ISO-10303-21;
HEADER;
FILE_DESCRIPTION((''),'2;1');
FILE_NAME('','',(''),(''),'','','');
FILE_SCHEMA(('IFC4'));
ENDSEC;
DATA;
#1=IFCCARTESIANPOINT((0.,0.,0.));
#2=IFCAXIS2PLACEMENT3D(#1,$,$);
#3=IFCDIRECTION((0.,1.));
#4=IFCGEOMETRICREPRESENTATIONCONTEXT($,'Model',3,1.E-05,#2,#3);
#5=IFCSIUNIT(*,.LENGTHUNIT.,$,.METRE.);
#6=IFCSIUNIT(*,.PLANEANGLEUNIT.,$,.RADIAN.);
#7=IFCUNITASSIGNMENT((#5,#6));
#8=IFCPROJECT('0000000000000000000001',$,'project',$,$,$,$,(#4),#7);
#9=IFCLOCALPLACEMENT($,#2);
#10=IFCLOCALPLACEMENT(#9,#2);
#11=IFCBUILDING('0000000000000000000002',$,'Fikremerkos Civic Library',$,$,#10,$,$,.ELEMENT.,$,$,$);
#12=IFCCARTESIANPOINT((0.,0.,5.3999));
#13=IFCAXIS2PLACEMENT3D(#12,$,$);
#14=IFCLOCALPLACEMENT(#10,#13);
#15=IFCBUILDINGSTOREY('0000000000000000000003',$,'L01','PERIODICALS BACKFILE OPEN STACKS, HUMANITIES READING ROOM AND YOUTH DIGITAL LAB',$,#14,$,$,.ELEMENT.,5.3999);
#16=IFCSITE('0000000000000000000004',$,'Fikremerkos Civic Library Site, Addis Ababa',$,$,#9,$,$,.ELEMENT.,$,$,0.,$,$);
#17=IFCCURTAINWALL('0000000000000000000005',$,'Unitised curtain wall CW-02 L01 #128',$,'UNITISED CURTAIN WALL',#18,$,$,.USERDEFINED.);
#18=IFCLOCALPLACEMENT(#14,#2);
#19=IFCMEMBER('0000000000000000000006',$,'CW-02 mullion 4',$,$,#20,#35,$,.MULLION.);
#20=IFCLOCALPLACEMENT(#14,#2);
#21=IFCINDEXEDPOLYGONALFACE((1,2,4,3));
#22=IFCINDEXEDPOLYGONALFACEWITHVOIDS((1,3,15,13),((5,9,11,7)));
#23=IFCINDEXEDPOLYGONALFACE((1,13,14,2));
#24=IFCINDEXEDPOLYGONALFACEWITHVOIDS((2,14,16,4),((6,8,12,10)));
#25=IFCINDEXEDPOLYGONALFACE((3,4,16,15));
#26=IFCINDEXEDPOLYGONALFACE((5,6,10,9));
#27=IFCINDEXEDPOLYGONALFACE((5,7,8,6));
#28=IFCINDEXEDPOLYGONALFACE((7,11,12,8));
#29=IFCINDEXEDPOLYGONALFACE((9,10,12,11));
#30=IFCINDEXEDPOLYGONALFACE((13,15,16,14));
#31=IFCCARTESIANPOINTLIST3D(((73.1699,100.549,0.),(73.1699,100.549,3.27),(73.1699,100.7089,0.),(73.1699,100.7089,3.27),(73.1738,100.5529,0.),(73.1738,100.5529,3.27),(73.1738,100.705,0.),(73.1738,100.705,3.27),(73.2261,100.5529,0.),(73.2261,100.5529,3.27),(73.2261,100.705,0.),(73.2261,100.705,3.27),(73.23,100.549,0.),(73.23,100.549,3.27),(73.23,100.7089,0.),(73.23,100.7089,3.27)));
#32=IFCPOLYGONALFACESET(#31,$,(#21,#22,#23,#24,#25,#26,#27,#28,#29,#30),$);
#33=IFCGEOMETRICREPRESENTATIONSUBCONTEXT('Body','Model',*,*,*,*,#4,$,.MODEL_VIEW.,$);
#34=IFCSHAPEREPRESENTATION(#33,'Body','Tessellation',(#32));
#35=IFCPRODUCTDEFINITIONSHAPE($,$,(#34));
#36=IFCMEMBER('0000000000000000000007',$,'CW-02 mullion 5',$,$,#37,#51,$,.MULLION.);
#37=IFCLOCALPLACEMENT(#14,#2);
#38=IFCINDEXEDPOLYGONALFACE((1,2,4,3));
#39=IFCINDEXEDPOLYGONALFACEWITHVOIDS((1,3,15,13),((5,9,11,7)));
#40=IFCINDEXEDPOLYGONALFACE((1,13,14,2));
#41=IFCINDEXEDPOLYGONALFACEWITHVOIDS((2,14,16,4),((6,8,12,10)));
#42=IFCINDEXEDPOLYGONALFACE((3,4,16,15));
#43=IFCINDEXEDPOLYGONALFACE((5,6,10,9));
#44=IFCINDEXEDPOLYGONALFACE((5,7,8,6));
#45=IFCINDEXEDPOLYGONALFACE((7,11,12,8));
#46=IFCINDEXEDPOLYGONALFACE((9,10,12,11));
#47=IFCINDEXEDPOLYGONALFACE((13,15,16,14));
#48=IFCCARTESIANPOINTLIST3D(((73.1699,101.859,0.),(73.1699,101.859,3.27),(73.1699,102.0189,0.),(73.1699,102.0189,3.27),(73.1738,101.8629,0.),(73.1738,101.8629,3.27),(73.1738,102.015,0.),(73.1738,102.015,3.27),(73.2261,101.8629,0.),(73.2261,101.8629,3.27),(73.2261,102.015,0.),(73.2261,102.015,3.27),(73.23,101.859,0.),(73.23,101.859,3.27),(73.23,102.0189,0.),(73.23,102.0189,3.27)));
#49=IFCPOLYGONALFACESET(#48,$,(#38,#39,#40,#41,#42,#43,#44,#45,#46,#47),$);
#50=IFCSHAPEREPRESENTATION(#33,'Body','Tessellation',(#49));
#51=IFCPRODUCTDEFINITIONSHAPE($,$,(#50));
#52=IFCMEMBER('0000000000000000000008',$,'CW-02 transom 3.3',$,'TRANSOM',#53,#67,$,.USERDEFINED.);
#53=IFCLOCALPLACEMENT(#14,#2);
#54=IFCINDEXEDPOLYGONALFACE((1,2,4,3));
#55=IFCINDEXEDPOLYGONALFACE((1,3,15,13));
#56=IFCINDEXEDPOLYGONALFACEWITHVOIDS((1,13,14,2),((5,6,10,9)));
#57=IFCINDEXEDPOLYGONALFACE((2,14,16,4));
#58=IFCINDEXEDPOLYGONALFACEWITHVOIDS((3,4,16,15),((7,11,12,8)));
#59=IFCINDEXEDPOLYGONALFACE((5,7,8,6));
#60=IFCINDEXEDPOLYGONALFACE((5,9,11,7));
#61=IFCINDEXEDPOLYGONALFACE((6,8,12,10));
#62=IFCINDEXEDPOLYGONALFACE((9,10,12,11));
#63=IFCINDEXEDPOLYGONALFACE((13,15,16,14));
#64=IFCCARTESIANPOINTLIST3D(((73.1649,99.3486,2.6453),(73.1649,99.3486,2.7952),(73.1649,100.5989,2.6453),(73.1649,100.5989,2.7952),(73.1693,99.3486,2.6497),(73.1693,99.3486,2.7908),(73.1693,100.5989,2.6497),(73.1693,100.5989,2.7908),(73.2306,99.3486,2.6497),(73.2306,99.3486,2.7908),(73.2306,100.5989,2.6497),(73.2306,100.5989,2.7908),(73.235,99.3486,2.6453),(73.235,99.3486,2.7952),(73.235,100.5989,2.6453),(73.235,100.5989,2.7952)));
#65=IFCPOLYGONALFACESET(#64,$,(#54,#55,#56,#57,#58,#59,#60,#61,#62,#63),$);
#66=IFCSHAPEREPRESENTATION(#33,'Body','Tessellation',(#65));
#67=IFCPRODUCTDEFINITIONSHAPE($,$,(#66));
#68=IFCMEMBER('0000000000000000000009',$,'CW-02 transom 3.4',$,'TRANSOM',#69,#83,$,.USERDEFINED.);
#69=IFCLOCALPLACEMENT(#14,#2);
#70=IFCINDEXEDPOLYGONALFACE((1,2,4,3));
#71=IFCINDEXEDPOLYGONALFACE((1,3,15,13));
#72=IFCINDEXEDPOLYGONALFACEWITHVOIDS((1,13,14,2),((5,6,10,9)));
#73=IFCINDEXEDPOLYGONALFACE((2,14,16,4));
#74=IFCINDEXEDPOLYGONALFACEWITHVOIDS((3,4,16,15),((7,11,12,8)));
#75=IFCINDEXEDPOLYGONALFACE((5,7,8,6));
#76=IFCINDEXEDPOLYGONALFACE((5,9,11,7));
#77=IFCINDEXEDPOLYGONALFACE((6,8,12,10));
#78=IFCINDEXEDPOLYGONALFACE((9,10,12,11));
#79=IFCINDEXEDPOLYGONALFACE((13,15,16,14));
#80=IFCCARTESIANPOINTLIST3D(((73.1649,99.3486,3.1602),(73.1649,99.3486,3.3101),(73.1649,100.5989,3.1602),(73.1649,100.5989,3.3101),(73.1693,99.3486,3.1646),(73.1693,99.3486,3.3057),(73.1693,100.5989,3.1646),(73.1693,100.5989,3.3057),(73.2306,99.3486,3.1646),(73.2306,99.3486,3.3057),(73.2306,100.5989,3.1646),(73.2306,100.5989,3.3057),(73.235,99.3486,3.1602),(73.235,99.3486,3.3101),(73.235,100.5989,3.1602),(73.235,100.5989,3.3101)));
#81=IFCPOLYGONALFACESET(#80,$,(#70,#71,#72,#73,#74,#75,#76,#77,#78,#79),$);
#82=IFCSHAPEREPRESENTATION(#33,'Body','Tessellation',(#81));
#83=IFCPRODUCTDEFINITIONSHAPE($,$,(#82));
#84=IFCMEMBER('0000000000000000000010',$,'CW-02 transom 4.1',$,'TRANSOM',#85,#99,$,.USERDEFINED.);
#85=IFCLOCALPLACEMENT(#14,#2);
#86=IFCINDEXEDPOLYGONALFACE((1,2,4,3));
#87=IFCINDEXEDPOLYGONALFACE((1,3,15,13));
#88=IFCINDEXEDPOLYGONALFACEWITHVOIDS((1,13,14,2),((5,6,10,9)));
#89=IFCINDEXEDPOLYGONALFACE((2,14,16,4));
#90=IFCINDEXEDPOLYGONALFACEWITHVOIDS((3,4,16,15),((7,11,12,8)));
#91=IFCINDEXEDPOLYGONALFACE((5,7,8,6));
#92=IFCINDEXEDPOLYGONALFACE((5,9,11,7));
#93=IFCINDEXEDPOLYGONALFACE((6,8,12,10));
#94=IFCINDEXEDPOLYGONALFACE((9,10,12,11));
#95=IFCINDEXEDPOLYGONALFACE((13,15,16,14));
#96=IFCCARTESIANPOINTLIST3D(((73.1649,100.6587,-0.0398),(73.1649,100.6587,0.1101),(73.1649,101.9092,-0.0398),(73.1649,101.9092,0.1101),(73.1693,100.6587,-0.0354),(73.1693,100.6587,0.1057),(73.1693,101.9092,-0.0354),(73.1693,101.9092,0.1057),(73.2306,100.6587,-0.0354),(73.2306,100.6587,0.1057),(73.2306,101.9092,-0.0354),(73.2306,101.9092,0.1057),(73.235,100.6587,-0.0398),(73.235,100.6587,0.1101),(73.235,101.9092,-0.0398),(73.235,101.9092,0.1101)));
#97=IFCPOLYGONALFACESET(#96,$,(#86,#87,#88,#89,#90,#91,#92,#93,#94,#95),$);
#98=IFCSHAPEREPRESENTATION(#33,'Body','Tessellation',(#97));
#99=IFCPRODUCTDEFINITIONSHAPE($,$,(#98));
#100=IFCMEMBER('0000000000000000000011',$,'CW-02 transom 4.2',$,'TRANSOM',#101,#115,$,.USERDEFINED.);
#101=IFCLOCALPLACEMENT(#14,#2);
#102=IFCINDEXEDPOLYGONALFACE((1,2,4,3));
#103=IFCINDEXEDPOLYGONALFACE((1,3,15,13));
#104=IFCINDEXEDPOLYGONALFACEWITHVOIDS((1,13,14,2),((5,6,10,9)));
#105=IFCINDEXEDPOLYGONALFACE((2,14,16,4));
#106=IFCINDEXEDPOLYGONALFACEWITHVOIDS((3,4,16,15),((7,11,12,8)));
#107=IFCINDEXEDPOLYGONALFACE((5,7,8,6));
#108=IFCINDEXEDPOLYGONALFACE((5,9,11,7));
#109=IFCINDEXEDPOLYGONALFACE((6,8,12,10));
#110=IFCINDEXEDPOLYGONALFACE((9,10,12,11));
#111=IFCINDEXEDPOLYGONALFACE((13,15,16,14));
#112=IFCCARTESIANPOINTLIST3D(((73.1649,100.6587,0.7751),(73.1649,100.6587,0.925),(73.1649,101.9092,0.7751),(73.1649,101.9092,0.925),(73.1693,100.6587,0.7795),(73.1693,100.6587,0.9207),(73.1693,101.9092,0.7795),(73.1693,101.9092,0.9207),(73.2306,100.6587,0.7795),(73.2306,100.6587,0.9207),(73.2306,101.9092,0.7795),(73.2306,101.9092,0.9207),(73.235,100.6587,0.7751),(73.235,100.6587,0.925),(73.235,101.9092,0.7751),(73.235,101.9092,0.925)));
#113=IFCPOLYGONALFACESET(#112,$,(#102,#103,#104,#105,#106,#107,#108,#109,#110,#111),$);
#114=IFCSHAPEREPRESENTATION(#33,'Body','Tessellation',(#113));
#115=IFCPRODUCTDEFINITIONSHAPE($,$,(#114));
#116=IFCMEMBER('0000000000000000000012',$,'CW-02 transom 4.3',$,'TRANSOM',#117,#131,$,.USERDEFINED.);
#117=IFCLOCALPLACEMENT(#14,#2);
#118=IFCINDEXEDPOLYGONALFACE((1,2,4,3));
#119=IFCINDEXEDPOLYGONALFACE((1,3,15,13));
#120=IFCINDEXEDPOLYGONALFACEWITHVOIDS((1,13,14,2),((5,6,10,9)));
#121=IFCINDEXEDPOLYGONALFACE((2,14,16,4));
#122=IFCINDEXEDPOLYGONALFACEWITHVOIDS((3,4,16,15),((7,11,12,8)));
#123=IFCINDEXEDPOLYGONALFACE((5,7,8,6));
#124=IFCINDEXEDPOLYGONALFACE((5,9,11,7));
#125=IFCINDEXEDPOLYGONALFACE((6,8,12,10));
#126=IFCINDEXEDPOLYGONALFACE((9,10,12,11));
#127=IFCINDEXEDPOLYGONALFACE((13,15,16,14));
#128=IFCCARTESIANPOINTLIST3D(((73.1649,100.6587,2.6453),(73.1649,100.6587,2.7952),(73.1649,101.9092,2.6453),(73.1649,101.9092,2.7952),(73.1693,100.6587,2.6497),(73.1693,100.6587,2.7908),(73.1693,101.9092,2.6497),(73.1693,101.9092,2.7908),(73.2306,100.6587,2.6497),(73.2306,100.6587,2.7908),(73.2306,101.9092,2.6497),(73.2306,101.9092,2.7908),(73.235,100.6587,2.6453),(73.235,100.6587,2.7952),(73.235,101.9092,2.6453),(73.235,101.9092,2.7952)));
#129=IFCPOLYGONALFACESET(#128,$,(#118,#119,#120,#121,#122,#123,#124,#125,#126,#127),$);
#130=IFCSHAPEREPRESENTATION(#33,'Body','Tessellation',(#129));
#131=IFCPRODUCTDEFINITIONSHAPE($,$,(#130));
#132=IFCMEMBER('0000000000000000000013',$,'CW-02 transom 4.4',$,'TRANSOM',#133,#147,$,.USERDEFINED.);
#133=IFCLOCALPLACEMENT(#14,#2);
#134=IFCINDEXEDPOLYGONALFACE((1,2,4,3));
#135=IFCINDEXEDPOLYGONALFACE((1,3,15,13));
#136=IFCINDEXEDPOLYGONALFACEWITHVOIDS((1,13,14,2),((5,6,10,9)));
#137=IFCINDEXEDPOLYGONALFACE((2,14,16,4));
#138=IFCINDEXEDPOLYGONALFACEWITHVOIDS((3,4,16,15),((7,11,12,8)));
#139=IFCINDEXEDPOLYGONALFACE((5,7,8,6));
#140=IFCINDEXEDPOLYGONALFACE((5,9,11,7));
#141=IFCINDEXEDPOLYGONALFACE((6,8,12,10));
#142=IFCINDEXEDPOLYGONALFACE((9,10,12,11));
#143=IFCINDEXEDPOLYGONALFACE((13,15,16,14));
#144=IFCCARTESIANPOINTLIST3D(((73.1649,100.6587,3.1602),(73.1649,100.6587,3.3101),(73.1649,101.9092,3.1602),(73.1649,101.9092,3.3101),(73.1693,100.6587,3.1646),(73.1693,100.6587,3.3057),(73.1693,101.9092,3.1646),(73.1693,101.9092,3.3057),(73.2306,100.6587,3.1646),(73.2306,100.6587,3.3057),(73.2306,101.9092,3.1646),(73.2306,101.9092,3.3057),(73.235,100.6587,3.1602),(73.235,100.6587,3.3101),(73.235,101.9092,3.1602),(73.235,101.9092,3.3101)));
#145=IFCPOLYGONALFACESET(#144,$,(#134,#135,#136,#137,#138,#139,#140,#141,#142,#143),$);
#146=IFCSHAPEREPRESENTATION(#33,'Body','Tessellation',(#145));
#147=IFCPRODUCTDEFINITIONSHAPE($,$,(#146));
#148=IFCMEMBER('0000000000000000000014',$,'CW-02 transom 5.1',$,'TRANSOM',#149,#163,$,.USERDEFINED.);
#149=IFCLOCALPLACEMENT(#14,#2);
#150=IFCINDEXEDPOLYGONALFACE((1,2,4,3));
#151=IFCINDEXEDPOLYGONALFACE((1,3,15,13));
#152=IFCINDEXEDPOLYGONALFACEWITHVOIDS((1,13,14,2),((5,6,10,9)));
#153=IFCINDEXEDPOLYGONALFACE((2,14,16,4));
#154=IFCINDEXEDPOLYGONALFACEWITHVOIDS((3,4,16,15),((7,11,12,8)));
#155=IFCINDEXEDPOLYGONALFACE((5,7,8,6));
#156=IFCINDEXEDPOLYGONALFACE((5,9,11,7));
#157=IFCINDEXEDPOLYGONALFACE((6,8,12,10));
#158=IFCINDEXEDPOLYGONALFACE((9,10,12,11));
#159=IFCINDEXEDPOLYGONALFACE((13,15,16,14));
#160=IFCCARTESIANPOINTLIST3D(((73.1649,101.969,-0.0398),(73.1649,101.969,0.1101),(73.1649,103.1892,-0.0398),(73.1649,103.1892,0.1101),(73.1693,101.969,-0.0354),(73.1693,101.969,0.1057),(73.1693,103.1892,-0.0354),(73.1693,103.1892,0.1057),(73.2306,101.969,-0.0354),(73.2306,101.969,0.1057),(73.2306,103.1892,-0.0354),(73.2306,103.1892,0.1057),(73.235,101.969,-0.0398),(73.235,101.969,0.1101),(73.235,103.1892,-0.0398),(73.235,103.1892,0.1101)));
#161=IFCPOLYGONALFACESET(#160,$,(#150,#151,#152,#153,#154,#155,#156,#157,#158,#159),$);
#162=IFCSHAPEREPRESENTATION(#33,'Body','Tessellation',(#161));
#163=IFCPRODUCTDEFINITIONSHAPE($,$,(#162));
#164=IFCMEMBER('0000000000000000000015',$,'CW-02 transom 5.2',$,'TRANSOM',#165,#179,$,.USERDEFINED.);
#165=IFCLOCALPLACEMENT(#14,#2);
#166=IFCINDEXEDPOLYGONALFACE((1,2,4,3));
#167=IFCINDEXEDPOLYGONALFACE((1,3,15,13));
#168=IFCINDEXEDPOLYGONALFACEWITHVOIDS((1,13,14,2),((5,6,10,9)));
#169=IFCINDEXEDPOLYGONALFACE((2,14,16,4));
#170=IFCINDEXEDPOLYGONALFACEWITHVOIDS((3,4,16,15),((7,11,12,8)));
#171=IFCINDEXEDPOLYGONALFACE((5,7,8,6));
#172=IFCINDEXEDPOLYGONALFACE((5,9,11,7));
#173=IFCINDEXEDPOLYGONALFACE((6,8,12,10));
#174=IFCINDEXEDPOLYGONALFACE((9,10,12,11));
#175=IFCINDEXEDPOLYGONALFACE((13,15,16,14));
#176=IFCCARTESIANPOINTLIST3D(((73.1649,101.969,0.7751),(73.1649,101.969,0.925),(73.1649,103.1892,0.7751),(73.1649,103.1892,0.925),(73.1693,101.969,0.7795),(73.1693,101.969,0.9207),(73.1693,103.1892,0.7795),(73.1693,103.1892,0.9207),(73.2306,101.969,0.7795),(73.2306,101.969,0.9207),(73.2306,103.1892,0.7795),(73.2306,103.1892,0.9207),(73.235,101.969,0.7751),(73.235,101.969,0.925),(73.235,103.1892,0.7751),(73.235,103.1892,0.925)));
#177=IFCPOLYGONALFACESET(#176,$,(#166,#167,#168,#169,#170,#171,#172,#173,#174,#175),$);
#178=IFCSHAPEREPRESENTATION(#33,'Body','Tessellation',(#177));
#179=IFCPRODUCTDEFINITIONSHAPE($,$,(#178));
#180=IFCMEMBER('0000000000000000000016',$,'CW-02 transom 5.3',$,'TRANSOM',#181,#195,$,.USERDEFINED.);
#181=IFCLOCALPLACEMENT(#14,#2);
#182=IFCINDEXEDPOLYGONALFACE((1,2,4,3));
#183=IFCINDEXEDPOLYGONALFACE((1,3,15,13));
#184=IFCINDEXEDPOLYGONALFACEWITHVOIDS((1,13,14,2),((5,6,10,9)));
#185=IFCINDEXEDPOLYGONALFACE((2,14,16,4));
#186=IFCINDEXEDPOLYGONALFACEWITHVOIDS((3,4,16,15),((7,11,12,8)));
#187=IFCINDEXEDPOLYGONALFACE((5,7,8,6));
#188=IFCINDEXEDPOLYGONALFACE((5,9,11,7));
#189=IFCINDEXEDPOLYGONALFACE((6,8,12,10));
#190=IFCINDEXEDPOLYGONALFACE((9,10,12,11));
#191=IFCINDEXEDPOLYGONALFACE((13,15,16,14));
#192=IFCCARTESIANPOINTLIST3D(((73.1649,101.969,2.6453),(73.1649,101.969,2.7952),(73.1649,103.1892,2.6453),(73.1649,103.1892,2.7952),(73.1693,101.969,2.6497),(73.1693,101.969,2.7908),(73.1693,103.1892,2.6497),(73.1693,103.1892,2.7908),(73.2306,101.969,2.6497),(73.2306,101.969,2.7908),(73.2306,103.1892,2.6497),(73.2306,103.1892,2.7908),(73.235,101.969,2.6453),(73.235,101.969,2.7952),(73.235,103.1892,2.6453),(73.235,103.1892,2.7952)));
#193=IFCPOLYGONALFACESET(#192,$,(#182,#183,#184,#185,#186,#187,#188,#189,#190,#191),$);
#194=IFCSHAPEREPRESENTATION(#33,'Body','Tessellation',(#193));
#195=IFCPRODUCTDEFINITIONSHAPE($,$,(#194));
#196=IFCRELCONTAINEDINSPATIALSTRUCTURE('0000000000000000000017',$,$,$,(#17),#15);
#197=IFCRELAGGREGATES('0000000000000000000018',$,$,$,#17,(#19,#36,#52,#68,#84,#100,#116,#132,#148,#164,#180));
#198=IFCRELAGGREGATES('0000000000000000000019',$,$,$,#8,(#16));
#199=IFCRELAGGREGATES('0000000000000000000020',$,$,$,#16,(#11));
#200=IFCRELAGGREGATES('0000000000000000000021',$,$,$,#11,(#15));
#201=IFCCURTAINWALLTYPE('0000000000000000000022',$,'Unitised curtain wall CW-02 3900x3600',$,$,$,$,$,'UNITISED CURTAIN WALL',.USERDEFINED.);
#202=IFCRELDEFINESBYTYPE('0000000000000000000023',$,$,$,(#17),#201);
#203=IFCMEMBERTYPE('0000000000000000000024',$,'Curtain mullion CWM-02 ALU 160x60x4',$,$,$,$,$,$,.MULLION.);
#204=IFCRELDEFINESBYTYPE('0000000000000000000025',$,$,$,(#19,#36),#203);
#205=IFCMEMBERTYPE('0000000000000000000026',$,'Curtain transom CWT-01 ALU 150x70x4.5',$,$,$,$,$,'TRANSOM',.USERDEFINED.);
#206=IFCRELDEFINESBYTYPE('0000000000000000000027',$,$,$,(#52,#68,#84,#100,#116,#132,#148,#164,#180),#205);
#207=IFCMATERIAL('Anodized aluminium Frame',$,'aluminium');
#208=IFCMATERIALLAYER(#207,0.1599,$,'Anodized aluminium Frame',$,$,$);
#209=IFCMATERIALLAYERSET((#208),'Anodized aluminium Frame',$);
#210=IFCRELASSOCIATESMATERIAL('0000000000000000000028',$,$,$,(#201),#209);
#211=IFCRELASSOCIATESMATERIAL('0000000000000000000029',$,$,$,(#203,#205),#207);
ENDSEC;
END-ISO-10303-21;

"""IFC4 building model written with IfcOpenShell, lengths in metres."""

from ifc_helpers import new_model, si_unit, direction, frame, origin, origin_2d, place, context, subcontext, project, spatial, hollow_rectangle, extrude, material, layer, layer_set, material_profile, profile_set, type_object, element, aggregate, save


model = new_model("IFC4")

# Units and contexts
model_context = context("Model", 3, precision=1e-05, world=origin(), true_north=direction((0.0, 1.0)))
body_context = subcontext(model_context, "Body", "Model", "MODEL_VIEW")
ifc_project = project(units=[si_unit("LENGTHUNIT", "METRE"), si_unit("PLANEANGLEUNIT", "RADIAN")], contexts=[model_context])

# Site, building, storey
site_placement = place(None, origin())
site = spatial("IfcSite", under=ifc_project, at=site_placement, Name="Fikremerkos Civic Library Site, Addis Ababa", CompositionType="ELEMENT", RefElevation=0.0)
building_placement = place(site_placement, origin())
building = spatial("IfcBuilding", under=site, at=building_placement, Name="Fikremerkos Civic Library", CompositionType="ELEMENT")
storey_placement = place(building_placement, frame((0.0, 0.0, 5.3999)))
storey = spatial("IfcBuildingStorey", under=building, at=storey_placement, Name="L01", Description="PERIODICALS BACKFILE OPEN STACKS, HUMANITIES READING ROOM AND YOUTH DIGITAL LAB", CompositionType="ELEMENT", Elevation=5.3999)

# Curtain wall, members
ifc_material_1 = material(Name="Anodized aluminium Frame", Category="aluminium")
ifc_layer_1 = layer(ifc_material_1, 0.1599, Name="Anodized aluminium Frame")
ifc_layer_set_1 = layer_set([ifc_layer_1], Name="Anodized aluminium Frame")
curtain_wall_type = type_object("IfcCurtainWallType", Name="Unitised curtain wall CW-02 3900x3600", ElementType="UNITISED CURTAIN WALL", PredefinedType="USERDEFINED", material=ifc_layer_set_1)
curtain_wall_placement = place(storey_placement, origin())
curtain_wall = element("IfcCurtainWall", 1, at=curtain_wall_placement, inside=storey, type_object=curtain_wall_type, Name="Unitised curtain wall CW-02 L01 #128", ObjectType="UNITISED CURTAIN WALL", PredefinedType="USERDEFINED")
ifc_material_profile_1 = material_profile(ifc_material_1, hollow_rectangle(XDim=0.0601, YDim=0.1599, WallThickness=0.0039, at=origin_2d()), Name="ALU 160x60x4")
ifc_profile_set_1 = profile_set([ifc_material_profile_1], Name="Anodized aluminium Frame")
member_type_1 = type_object("IfcMemberType", Name="Curtain mullion CWM-02 ALU 160x60x4", PredefinedType="MULLION", material=ifc_profile_set_1)
member_1_placement = place(storey_placement, frame((73.2, 100.6289, 0.0), z_axis=(0.0, 0.0, 1.0), x_axis=(-1.0, 0.0, 0.0)))
member_1 = element("IfcMember", 2, at=member_1_placement, type_object=member_type_1, Name="CW-02 mullion 4", PredefinedType="MULLION", context=body_context, shape_type="SweptSolid", body=[
    extrude(hollow_rectangle(XDim=0.0601, YDim=0.1599, WallThickness=0.0039, at=origin_2d()), origin(), (0.0, 0.0, 1.0), 3.27),
])
member_2_placement = place(storey_placement, frame((73.2, 101.939, 0.0), z_axis=(0.0, 0.0, 1.0), x_axis=(-1.0, 0.0, 0.0)))
member_2 = element("IfcMember", 3, at=member_2_placement, type_object=member_type_1, Name="CW-02 mullion 5", PredefinedType="MULLION", context=body_context, shape_type="SweptSolid", body=[
    extrude(hollow_rectangle(XDim=0.0601, YDim=0.1599, WallThickness=0.0039, at=origin_2d()), origin(), (0.0, 0.0, 1.0), 3.27),
])
ifc_material_profile_2 = material_profile(ifc_material_1, hollow_rectangle(XDim=0.0701, YDim=0.1499, WallThickness=0.0044, at=origin_2d()), Name="ALU 150x70x4.5")
ifc_profile_set_2 = profile_set([ifc_material_profile_2], Name="Anodized aluminium Frame")
member_type_2 = type_object("IfcMemberType", Name="Curtain transom CWT-01 ALU 150x70x4.5", ElementType="TRANSOM", PredefinedType="USERDEFINED", material=ifc_profile_set_2)
member_3_placement = place(storey_placement, frame((73.2, 99.3486, 2.7202), z_axis=(0.0, 1.0, 0.0), x_axis=(-1.0, 0.0, 0.0)))
member_3 = element("IfcMember", 4, at=member_3_placement, type_object=member_type_2, Name="CW-02 transom 3.3", ObjectType="TRANSOM", PredefinedType="USERDEFINED", context=body_context, shape_type="SweptSolid", body=[
    extrude(hollow_rectangle(XDim=0.0701, YDim=0.1499, WallThickness=0.0044, at=origin_2d()), origin(), (0.0, 0.0, 1.0), 1.2502),
])
member_4_placement = place(storey_placement, frame((73.2, 99.3486, 3.2351), z_axis=(0.0, 1.0, 0.0), x_axis=(-1.0, 0.0, 0.0)))
member_4 = element("IfcMember", 5, at=member_4_placement, type_object=member_type_2, Name="CW-02 transom 3.4", ObjectType="TRANSOM", PredefinedType="USERDEFINED", context=body_context, shape_type="SweptSolid", body=[
    extrude(hollow_rectangle(XDim=0.0701, YDim=0.1499, WallThickness=0.0044, at=origin_2d()), origin(), (0.0, 0.0, 1.0), 1.2502),
])
member_5_placement = place(storey_placement, frame((73.2, 100.6587, 0.0352), z_axis=(0.0, 1.0, 0.0), x_axis=(-1.0, 0.0, 0.0)))
member_5 = element("IfcMember", 6, at=member_5_placement, type_object=member_type_2, Name="CW-02 transom 4.1", ObjectType="TRANSOM", PredefinedType="USERDEFINED", context=body_context, shape_type="SweptSolid", body=[
    extrude(hollow_rectangle(XDim=0.0701, YDim=0.1499, WallThickness=0.0044, at=origin_2d()), origin(), (0.0, 0.0, 1.0), 1.2505),
])
member_6_placement = place(storey_placement, frame((73.2, 100.6587, 0.8501), z_axis=(0.0, 1.0, 0.0), x_axis=(-1.0, 0.0, 0.0)))
member_6 = element("IfcMember", 7, at=member_6_placement, type_object=member_type_2, Name="CW-02 transom 4.2", ObjectType="TRANSOM", PredefinedType="USERDEFINED", context=body_context, shape_type="SweptSolid", body=[
    extrude(hollow_rectangle(XDim=0.0701, YDim=0.1499, WallThickness=0.0044, at=origin_2d()), origin(), (0.0, 0.0, 1.0), 1.2505),
])
member_7_placement = place(storey_placement, frame((73.2, 100.6587, 2.7202), z_axis=(0.0, 1.0, 0.0), x_axis=(-1.0, 0.0, 0.0)))
member_7 = element("IfcMember", 8, at=member_7_placement, type_object=member_type_2, Name="CW-02 transom 4.3", ObjectType="TRANSOM", PredefinedType="USERDEFINED", context=body_context, shape_type="SweptSolid", body=[
    extrude(hollow_rectangle(XDim=0.0701, YDim=0.1499, WallThickness=0.0044, at=origin_2d()), origin(), (0.0, 0.0, 1.0), 1.2505),
])
member_8_placement = place(storey_placement, frame((73.2, 100.6587, 3.2351), z_axis=(0.0, 1.0, 0.0), x_axis=(-1.0, 0.0, 0.0)))
member_8 = element("IfcMember", 9, at=member_8_placement, type_object=member_type_2, Name="CW-02 transom 4.4", ObjectType="TRANSOM", PredefinedType="USERDEFINED", context=body_context, shape_type="SweptSolid", body=[
    extrude(hollow_rectangle(XDim=0.0701, YDim=0.1499, WallThickness=0.0044, at=origin_2d()), origin(), (0.0, 0.0, 1.0), 1.2505),
])
member_9_placement = place(storey_placement, frame((73.2, 101.969, 0.0352), z_axis=(0.0, 1.0, 0.0), x_axis=(-1.0, 0.0, 0.0)))
member_9 = element("IfcMember", 10, at=member_9_placement, type_object=member_type_2, Name="CW-02 transom 5.1", ObjectType="TRANSOM", PredefinedType="USERDEFINED", context=body_context, shape_type="SweptSolid", body=[
    extrude(hollow_rectangle(XDim=0.0701, YDim=0.1499, WallThickness=0.0044, at=origin_2d()), origin(), (0.0, 0.0, 1.0), 1.2202),
])
member_10_placement = place(storey_placement, frame((73.2, 101.969, 0.8501), z_axis=(0.0, 1.0, 0.0), x_axis=(-1.0, 0.0, 0.0)))
member_10 = element("IfcMember", 11, at=member_10_placement, type_object=member_type_2, Name="CW-02 transom 5.2", ObjectType="TRANSOM", PredefinedType="USERDEFINED", context=body_context, shape_type="SweptSolid", body=[
    extrude(hollow_rectangle(XDim=0.0701, YDim=0.1499, WallThickness=0.0044, at=origin_2d()), origin(), (0.0, 0.0, 1.0), 1.2202),
])
member_11_placement = place(storey_placement, frame((73.2, 101.969, 2.7202), z_axis=(0.0, 1.0, 0.0), x_axis=(-1.0, 0.0, 0.0)))
member_11 = element("IfcMember", 12, at=member_11_placement, type_object=member_type_2, Name="CW-02 transom 5.3", ObjectType="TRANSOM", PredefinedType="USERDEFINED", context=body_context, shape_type="SweptSolid", body=[
    extrude(hollow_rectangle(XDim=0.0701, YDim=0.1499, WallThickness=0.0044, at=origin_2d()), origin(), (0.0, 0.0, 1.0), 1.2202),
])
aggregate(curtain_wall, [member_1, member_2, member_3, member_4, member_5, member_6, member_7, member_8, member_9, member_10, member_11])

save(model, "model.ifc")
